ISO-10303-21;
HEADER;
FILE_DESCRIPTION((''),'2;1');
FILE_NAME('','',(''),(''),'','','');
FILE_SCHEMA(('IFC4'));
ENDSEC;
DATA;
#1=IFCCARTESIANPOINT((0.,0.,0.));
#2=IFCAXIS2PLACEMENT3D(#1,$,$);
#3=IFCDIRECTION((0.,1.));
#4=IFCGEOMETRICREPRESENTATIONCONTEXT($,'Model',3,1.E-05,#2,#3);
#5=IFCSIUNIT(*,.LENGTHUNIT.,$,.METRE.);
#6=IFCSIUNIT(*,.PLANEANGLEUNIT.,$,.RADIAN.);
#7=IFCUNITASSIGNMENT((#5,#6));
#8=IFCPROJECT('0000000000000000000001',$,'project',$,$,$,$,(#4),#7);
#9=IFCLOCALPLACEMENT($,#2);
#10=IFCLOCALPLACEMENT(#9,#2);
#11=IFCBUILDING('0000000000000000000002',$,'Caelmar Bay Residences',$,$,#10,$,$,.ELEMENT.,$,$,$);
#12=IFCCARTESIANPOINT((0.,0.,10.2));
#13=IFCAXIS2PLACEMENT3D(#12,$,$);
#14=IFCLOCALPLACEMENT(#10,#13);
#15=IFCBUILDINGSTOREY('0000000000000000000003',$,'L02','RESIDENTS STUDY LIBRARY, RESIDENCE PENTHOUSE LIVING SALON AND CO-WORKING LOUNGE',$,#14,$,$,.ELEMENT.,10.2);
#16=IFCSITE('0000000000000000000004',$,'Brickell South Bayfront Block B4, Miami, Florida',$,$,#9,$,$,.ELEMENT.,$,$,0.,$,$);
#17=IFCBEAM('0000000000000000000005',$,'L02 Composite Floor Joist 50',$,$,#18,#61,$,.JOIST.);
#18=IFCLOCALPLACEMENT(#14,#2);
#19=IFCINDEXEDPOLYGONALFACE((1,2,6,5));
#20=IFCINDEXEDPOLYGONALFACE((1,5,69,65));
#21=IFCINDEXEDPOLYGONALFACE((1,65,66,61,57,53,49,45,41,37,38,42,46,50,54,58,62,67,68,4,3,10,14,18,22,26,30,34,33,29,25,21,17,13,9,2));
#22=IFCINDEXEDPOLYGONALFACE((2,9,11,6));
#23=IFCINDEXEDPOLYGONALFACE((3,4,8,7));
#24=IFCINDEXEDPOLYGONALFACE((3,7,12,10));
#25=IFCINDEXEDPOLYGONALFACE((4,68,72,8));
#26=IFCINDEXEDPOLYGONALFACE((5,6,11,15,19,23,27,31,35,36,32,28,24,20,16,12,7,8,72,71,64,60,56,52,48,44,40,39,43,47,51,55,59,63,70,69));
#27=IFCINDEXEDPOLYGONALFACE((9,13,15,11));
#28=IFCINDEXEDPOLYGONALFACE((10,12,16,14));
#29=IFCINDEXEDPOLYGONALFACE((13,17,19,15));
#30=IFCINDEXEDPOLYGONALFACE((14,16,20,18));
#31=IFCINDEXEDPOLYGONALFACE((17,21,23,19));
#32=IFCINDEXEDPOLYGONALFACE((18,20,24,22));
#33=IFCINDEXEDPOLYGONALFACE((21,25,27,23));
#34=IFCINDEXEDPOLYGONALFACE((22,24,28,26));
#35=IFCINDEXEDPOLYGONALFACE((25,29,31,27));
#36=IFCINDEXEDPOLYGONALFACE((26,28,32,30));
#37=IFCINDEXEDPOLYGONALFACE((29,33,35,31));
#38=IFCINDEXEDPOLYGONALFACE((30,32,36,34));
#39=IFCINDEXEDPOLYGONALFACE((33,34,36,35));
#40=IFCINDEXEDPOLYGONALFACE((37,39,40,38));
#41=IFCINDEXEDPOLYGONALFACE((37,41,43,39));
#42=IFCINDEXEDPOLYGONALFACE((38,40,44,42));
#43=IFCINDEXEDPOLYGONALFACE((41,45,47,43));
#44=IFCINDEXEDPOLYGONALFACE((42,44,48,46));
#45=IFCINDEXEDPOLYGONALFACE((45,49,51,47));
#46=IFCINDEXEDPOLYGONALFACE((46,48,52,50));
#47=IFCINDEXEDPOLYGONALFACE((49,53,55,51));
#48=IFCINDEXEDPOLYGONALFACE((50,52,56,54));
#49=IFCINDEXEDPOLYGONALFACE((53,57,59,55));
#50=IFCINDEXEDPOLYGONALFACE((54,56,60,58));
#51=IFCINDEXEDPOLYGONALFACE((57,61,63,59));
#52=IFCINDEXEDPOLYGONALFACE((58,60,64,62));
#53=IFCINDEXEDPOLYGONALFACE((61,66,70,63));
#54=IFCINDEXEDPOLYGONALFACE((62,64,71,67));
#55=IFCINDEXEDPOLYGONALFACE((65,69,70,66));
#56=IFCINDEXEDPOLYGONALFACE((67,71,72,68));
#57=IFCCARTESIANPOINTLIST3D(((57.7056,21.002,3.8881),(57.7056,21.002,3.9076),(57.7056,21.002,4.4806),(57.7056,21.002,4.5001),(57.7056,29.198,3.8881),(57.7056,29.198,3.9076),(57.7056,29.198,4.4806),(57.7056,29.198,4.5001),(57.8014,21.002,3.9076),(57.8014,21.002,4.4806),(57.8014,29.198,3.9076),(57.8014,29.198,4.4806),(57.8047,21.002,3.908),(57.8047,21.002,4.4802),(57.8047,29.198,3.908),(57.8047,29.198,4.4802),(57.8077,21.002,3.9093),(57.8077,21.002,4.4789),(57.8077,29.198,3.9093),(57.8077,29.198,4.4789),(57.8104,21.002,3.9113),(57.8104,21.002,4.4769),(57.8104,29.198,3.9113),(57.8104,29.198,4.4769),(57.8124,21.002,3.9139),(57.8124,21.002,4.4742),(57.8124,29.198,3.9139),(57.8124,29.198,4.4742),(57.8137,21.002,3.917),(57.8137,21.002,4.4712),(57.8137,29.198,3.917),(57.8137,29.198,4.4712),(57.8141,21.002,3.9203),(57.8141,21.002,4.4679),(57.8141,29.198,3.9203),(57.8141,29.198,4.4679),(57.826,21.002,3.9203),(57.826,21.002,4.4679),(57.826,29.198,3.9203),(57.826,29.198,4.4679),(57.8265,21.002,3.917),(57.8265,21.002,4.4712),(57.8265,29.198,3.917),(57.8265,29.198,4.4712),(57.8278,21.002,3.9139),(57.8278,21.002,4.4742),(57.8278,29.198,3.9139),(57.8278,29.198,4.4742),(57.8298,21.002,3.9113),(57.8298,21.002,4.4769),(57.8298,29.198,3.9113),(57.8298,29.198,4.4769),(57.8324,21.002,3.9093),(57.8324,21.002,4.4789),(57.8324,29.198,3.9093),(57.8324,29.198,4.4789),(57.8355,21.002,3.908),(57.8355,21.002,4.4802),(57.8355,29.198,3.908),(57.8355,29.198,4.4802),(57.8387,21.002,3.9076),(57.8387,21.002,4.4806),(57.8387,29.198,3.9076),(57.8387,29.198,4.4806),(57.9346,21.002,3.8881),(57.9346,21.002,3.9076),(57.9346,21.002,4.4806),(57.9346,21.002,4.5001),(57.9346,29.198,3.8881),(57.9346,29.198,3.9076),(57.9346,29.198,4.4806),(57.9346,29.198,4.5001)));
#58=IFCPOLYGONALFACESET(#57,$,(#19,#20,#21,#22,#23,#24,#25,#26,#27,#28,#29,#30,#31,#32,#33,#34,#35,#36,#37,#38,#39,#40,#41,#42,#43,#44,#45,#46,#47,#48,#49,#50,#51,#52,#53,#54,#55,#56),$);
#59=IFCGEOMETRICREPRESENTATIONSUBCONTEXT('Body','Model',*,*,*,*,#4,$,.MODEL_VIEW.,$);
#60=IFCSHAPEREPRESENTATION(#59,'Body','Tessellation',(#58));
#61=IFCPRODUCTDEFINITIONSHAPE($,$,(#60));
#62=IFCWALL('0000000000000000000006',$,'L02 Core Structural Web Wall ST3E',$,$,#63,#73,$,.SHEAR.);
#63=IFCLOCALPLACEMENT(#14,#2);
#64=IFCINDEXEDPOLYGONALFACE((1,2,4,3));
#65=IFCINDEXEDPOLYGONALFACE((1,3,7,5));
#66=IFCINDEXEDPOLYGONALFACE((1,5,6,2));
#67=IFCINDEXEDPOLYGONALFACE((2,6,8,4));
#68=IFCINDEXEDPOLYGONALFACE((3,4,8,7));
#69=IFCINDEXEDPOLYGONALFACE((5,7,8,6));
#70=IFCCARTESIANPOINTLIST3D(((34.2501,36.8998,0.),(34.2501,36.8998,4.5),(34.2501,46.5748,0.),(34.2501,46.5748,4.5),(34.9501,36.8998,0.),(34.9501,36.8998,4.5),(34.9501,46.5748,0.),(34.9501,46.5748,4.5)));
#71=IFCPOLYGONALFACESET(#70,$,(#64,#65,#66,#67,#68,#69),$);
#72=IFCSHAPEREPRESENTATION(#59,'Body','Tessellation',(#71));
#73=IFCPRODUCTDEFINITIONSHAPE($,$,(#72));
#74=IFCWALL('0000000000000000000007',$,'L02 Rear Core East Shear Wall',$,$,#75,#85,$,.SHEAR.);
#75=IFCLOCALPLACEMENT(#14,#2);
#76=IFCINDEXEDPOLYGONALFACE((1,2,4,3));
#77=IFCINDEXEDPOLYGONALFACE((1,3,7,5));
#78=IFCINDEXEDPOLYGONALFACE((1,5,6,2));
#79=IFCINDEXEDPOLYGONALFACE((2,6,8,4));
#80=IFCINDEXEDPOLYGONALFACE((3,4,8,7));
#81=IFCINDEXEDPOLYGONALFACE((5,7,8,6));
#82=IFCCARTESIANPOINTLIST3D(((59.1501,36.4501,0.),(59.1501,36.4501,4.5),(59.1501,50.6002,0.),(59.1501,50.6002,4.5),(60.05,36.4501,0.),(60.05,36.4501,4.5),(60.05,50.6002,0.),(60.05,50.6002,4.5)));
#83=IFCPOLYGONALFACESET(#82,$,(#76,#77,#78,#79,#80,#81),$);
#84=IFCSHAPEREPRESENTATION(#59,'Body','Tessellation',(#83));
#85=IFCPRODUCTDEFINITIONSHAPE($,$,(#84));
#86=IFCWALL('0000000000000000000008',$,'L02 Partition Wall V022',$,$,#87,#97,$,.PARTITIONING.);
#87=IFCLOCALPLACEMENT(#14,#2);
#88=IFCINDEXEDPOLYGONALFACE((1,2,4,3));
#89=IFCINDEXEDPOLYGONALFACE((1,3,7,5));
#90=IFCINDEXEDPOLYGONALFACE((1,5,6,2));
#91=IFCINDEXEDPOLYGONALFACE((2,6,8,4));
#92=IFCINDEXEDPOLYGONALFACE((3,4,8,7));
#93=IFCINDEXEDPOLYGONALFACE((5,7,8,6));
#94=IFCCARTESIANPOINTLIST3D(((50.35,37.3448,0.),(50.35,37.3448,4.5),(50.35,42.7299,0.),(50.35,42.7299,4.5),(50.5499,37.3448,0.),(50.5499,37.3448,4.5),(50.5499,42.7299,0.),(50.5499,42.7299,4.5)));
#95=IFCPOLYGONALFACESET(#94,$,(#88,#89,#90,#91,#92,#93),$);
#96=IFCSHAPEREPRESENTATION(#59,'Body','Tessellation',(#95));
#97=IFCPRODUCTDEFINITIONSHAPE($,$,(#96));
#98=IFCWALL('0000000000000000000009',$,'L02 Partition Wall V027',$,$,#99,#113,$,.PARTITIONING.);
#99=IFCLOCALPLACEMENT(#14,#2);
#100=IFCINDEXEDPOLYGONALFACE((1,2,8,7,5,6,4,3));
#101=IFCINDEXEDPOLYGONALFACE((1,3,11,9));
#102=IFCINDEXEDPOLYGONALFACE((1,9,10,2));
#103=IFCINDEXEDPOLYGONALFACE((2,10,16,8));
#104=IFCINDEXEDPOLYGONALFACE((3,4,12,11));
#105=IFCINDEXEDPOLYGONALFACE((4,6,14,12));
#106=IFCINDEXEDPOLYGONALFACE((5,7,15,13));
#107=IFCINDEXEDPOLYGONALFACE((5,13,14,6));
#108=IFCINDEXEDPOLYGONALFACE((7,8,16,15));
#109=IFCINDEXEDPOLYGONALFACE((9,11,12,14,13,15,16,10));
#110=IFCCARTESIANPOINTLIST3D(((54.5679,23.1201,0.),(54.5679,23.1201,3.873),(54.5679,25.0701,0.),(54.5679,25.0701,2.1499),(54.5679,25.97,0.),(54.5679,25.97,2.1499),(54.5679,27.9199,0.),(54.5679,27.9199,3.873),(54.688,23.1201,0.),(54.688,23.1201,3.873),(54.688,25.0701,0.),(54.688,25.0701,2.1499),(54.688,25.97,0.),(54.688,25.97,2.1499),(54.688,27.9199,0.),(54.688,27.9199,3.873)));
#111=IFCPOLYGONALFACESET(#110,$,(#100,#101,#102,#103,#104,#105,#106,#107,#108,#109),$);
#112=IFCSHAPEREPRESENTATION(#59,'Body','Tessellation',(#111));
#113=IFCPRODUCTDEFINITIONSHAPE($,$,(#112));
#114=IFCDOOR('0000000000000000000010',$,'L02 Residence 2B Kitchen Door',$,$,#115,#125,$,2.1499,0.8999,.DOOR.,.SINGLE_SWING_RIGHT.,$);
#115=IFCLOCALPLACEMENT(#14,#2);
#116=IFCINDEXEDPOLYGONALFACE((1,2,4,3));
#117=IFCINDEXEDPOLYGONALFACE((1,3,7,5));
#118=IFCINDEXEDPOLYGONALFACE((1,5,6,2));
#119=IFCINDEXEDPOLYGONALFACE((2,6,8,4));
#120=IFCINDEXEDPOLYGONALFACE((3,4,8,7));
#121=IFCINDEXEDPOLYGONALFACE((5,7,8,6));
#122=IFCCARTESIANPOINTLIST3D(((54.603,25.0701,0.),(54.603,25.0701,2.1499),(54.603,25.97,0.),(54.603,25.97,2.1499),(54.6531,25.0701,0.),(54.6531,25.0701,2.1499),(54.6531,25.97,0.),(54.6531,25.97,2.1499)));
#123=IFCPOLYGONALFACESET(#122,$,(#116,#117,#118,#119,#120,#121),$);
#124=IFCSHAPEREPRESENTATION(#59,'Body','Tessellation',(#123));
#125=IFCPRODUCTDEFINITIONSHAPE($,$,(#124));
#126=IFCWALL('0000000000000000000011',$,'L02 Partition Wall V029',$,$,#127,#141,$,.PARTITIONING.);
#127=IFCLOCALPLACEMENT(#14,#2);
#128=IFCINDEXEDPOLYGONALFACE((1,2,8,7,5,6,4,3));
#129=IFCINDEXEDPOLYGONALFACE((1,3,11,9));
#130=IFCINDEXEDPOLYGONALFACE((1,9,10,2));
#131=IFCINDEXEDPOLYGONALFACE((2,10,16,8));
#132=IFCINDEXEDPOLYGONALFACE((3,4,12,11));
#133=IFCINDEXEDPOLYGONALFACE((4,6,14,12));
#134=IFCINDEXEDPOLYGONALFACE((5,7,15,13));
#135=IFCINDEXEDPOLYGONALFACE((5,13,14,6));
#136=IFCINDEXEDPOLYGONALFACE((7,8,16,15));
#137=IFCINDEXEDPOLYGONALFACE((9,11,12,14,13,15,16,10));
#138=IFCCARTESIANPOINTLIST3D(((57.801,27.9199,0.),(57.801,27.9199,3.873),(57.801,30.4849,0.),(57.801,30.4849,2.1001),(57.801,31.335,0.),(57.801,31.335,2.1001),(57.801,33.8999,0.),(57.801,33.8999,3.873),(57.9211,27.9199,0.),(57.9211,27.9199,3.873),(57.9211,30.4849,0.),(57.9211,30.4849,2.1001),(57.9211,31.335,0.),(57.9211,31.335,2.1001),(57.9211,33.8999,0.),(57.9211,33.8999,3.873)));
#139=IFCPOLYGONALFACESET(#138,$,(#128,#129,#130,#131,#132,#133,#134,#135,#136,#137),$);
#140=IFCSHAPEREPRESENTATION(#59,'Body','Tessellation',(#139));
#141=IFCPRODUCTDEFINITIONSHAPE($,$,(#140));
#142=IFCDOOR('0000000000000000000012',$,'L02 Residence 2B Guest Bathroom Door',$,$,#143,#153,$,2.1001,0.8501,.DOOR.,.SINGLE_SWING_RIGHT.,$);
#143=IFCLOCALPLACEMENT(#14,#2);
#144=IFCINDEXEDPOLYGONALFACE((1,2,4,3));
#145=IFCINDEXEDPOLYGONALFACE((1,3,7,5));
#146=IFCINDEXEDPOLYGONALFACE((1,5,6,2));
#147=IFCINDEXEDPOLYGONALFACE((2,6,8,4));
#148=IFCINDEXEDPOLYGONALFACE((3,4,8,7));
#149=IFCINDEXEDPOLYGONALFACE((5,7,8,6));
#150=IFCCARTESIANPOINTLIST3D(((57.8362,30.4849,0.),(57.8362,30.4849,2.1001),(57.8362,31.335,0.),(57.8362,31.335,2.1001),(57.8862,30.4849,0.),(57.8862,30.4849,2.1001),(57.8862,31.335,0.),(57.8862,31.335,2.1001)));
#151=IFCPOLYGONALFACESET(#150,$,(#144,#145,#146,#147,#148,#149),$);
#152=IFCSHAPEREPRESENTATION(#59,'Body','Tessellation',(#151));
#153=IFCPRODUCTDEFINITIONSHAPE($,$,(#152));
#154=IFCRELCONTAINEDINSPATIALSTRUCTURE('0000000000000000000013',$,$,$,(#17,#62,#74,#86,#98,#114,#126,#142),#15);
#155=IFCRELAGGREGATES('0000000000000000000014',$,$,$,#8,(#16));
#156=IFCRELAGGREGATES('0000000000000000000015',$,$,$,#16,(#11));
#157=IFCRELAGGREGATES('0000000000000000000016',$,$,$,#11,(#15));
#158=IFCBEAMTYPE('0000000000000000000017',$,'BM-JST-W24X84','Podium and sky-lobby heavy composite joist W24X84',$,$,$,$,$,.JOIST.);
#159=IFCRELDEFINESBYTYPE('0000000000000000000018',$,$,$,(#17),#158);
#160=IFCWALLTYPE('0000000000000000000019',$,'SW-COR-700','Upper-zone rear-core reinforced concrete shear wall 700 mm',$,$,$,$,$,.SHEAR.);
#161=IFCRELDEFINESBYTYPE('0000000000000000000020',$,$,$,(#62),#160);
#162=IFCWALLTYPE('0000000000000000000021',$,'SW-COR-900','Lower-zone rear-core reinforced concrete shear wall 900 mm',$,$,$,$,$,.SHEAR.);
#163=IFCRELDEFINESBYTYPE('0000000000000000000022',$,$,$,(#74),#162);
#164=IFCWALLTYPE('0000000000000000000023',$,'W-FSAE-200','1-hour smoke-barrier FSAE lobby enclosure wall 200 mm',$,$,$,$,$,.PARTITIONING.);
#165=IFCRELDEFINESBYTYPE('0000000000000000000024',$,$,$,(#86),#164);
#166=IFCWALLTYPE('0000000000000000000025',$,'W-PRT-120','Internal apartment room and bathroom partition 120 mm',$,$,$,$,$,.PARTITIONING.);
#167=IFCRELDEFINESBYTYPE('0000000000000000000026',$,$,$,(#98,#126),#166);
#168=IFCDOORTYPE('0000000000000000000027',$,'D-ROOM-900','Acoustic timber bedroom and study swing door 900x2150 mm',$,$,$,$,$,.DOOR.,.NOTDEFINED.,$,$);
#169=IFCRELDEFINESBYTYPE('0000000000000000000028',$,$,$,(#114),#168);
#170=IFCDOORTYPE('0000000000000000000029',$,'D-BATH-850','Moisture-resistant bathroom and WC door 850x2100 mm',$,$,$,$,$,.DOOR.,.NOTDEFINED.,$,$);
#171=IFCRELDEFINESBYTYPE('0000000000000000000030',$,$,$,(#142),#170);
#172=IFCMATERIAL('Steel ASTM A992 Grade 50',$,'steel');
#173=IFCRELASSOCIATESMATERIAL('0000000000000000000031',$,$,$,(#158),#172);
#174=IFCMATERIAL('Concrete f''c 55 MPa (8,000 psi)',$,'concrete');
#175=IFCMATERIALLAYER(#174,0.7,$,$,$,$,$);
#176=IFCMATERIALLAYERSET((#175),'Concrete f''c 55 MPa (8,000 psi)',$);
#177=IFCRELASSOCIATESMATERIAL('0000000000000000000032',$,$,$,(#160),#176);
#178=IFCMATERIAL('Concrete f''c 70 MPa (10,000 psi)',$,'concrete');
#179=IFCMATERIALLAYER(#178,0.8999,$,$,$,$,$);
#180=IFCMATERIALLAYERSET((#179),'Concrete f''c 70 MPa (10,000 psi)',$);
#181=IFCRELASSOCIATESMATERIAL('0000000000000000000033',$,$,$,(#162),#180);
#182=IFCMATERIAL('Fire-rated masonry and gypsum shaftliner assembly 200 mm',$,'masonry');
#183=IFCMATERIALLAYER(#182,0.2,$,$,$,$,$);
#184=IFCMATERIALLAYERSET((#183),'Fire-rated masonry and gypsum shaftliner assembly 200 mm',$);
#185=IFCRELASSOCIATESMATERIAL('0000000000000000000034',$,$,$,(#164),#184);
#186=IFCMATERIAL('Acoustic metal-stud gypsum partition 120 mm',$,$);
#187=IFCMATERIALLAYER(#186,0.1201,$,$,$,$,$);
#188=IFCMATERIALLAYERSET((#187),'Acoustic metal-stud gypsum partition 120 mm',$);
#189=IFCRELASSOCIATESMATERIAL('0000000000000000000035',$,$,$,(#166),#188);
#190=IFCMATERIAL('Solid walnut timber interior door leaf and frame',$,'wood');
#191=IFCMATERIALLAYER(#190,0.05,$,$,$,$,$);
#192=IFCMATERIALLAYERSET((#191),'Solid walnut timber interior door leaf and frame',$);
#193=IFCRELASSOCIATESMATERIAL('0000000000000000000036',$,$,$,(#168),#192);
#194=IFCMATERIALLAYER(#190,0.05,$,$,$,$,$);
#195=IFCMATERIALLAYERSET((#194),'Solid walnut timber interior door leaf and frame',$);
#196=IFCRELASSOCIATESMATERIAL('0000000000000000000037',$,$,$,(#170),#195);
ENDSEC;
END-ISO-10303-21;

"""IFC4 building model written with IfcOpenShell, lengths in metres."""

from ifc_helpers import new_model, si_unit, direction, frame, frame_2d, origin, origin_2d, place, context, subcontext, project, spatial, rectangle, i_section, extrude, material, layer, layer_set, material_profile, profile_set, type_object, element, fill, save


model = new_model("IFC4")

# Units and contexts
model_context = context("Model", 3, precision=1e-05, world=origin(), true_north=direction((0.0, 1.0)))
body_context = subcontext(model_context, "Body", "Model", "MODEL_VIEW")
ifc_project = project(units=[si_unit("LENGTHUNIT", "METRE"), si_unit("PLANEANGLEUNIT", "RADIAN")], contexts=[model_context])

# Site, building, storey
site_placement = place(None, origin())
site = spatial("IfcSite", under=ifc_project, at=site_placement, Name="Brickell South Bayfront Block B4, Miami, Florida", CompositionType="ELEMENT", RefElevation=0.0)
building_placement = place(site_placement, origin())
building = spatial("IfcBuilding", under=site, at=building_placement, Name="Caelmar Bay Residences", CompositionType="ELEMENT")
storey_placement = place(building_placement, frame((0.0, 0.0, 10.2)))
storey = spatial("IfcBuildingStorey", under=building, at=storey_placement, Name="L02", Description="RESIDENTS STUDY LIBRARY, RESIDENCE PENTHOUSE LIVING SALON AND CO-WORKING LOUNGE", CompositionType="ELEMENT", Elevation=10.2)

# Shared definitions
ifc_material_1 = material(Name="Concrete f'c 70 MPa (10,000 psi)", Category="concrete")

# Beam
ifc_material_2 = material(Name="Steel ASTM A992 Grade 50", Category="steel")
ifc_material_profile_1 = material_profile(ifc_material_2, i_section(OverallWidth=0.229, OverallDepth=0.6121, WebThickness=0.012, FlangeThickness=0.0195, FilletRadius=0.0127, at=origin_2d()), Name="W24X84")
ifc_profile_set_1 = profile_set([ifc_material_profile_1], Name="Steel ASTM A992 Grade 50")
beam_type_1 = type_object("IfcBeamType", Name="BM-JST-W24X84", Description="Podium and sky-lobby heavy composite joist W24X84", PredefinedType="JOIST", material=ifc_profile_set_1)
for number, where, z_axis, x_axis, name in (
    (1, (57.8201, 21.002, 4.1941), (0.0, 1.0, 0.0), (-1.0, 0.0, 0.0), "L02 Composite Floor Joist 50"),
):
    element("IfcBeam", number, at=place(storey_placement, frame(where, z_axis=z_axis, x_axis=x_axis)), inside=storey, type_object=beam_type_1, Name=name, PredefinedType="JOIST", context=body_context, shape_type="SweptSolid", body=[
        extrude(i_section(OverallWidth=0.229, OverallDepth=0.6121, WebThickness=0.012, FlangeThickness=0.0195, FilletRadius=0.0127, at=origin_2d()), origin(), (0.0, 0.0, 1.0), 8.196),
    ])

# Shared definitions
ifc_material_3 = material(Name="Concrete f'c 55 MPa (8,000 psi)", Category="concrete")
ifc_layer_1 = layer(ifc_material_3, 0.7)
ifc_layer_set_1 = layer_set([ifc_layer_1], Name="Concrete f'c 55 MPa (8,000 psi)")
wall_type_1 = type_object("IfcWallType", Name="SW-COR-700", Description="Upper-zone rear-core reinforced concrete shear wall 700 mm", PredefinedType="SHEAR", material=ifc_layer_set_1)

# Walls
wall_1_placement = place(storey_placement, frame((34.6001, 36.8999, 0.0), z_axis=(0.0, 0.0, 1.0), x_axis=(0.0, 1.0, 0.0)))
element("IfcWall", 2, at=wall_1_placement, inside=storey, type_object=wall_type_1, Name="L02 Core Structural Web Wall ST3E", PredefinedType="SHEAR", context=body_context, shape_type="SweptSolid", body=[
    extrude(rectangle(XDim=9.675, YDim=0.7, at=frame_2d((4.8374, 0.0))), origin(), (0.0, 0.0, 1.0), 4.5),
])
ifc_layer_2 = layer(ifc_material_1, 0.8999)
ifc_layer_set_2 = layer_set([ifc_layer_2], Name="Concrete f'c 70 MPa (10,000 psi)")
wall_type_2 = type_object("IfcWallType", Name="SW-COR-900", Description="Lower-zone rear-core reinforced concrete shear wall 900 mm", PredefinedType="SHEAR", material=ifc_layer_set_2)
wall_2_placement = place(storey_placement, frame((59.6001, 36.45, 0.0), z_axis=(0.0, 0.0, 1.0), x_axis=(0.0, 1.0, 0.0)))
element("IfcWall", 3, at=wall_2_placement, inside=storey, type_object=wall_type_2, Name="L02 Rear Core East Shear Wall", PredefinedType="SHEAR", context=body_context, shape_type="SweptSolid", body=[
    extrude(rectangle(XDim=14.1501, YDim=0.8999, at=frame_2d((7.0752, 0.0))), origin(), (0.0, 0.0, 1.0), 4.5),
])
ifc_material_4 = material(Name="Fire-rated masonry and gypsum shaftliner assembly 200 mm", Category="masonry")
ifc_layer_3 = layer(ifc_material_4, 0.2)
ifc_layer_set_3 = layer_set([ifc_layer_3], Name="Fire-rated masonry and gypsum shaftliner assembly 200 mm")
wall_type_3 = type_object("IfcWallType", Name="W-FSAE-200", Description="1-hour smoke-barrier FSAE lobby enclosure wall 200 mm", PredefinedType="PARTITIONING", material=ifc_layer_set_3)
wall_3_placement = place(storey_placement, frame((50.45, 37.345, 0.0), z_axis=(0.0, 0.0, 1.0), x_axis=(0.0, 1.0, 0.0)))
element("IfcWall", 4, at=wall_3_placement, inside=storey, type_object=wall_type_3, Name="L02 Partition Wall V022", PredefinedType="PARTITIONING", context=body_context, shape_type="SweptSolid", body=[
    extrude(rectangle(XDim=5.385, YDim=0.2, at=frame_2d((2.6924, 0.0))), origin(), (0.0, 0.0, 1.0), 4.5),
])

# Walls, openings, doors
ifc_material_5 = material(Name="Acoustic metal-stud gypsum partition 120 mm")
ifc_layer_4 = layer(ifc_material_5, 0.1201)
ifc_layer_set_4 = layer_set([ifc_layer_4], Name="Acoustic metal-stud gypsum partition 120 mm")
wall_type_4 = type_object("IfcWallType", Name="W-PRT-120", Description="Internal apartment room and bathroom partition 120 mm", PredefinedType="PARTITIONING", material=ifc_layer_set_4)
wall_4_placement = place(storey_placement, frame((54.6279, 23.1201, 0.0), z_axis=(0.0, 0.0, 1.0), x_axis=(0.0, 1.0, 0.0)))
wall_4 = element("IfcWall", 5, at=wall_4_placement, inside=storey, type_object=wall_type_4, Name="L02 Partition Wall V027", PredefinedType="PARTITIONING", context=body_context, shape_type="SweptSolid", body=[
    extrude(rectangle(XDim=4.7998, YDim=0.1201, at=frame_2d((2.3999, 0.0))), origin(), (0.0, 0.0, 1.0), 3.873),
])
opening_1_placement = place(wall_4_placement, frame((1.95, 0.0, 0.0)))
opening_1 = element("IfcOpeningElement", 6, at=opening_1_placement, cuts=wall_4, PredefinedType="OPENING", context=body_context, shape_type="SweptSolid", body=[
    extrude(rectangle(XDim=0.8999, YDim=2.1499, at=frame_2d((0.45, 1.075))), frame((0.0, 0.0701, 0.0), z_axis=(0.0, -1.0, 0.0), x_axis=(1.0, 0.0, 0.0)), (0.0, 0.0, 1.0), 0.1401),
])
ifc_material_6 = material(Name="Solid walnut timber interior door leaf and frame", Category="wood")
ifc_layer_5 = layer(ifc_material_6, 0.05)
ifc_layer_set_5 = layer_set([ifc_layer_5], Name="Solid walnut timber interior door leaf and frame")
door_type_1 = type_object("IfcDoorType", Name="D-ROOM-900", Description="Acoustic timber bedroom and study swing door 900x2150 mm", OperationType="NOTDEFINED", PredefinedType="DOOR", material=ifc_layer_set_5)
door_1_placement = place(opening_1_placement, origin())
door_1 = element("IfcDoor", 7, at=door_1_placement, inside=storey, type_object=door_type_1, Name="L02 Residence 2B Kitchen Door", OperationType="SINGLE_SWING_RIGHT", OverallHeight=2.1499, OverallWidth=0.8999, PredefinedType="DOOR", context=body_context, shape_type="SweptSolid", body=[
    extrude(rectangle(XDim=0.8999, YDim=2.1499, at=frame_2d((0.45, 1.075))), frame((0.0, 0.0249, 0.0), z_axis=(0.0, -1.0, 0.0), x_axis=(1.0, 0.0, 0.0)), (0.0, 0.0, 1.0), 0.05),
])
fill(opening_1, door_1)
wall_5_placement = place(storey_placement, frame((57.8611, 27.9199, 0.0), z_axis=(0.0, 0.0, 1.0), x_axis=(0.0, 1.0, 0.0)))
wall_5 = element("IfcWall", 8, at=wall_5_placement, inside=storey, type_object=wall_type_4, Name="L02 Partition Wall V029", PredefinedType="PARTITIONING", context=body_context, shape_type="SweptSolid", body=[
    extrude(rectangle(XDim=5.98, YDim=0.1201, at=frame_2d((2.99, 0.0))), origin(), (0.0, 0.0, 1.0), 3.873),
])
opening_2_placement = place(wall_5_placement, frame((2.5649, 0.0, 0.0)))
opening_2 = element("IfcOpeningElement", 9, at=opening_2_placement, cuts=wall_5, PredefinedType="OPENING", context=body_context, shape_type="SweptSolid", body=[
    extrude(rectangle(XDim=0.8501, YDim=2.1001, at=frame_2d((0.425, 1.05))), frame((0.0, 0.0701, 0.0), z_axis=(0.0, -1.0, 0.0), x_axis=(1.0, 0.0, 0.0)), (0.0, 0.0, 1.0), 0.1401),
])
ifc_layer_6 = layer(ifc_material_6, 0.05)
ifc_layer_set_6 = layer_set([ifc_layer_6], Name="Solid walnut timber interior door leaf and frame")
door_type_2 = type_object("IfcDoorType", Name="D-BATH-850", Description="Moisture-resistant bathroom and WC door 850x2100 mm", OperationType="NOTDEFINED", PredefinedType="DOOR", material=ifc_layer_set_6)
door_2_placement = place(opening_2_placement, origin())
door_2 = element("IfcDoor", 10, at=door_2_placement, inside=storey, type_object=door_type_2, Name="L02 Residence 2B Guest Bathroom Door", OperationType="SINGLE_SWING_RIGHT", OverallHeight=2.1001, OverallWidth=0.8501, PredefinedType="DOOR", context=body_context, shape_type="SweptSolid", body=[
    extrude(rectangle(XDim=0.8501, YDim=2.1001, at=frame_2d((0.425, 1.05))), frame((0.0, 0.0249, 0.0), z_axis=(0.0, -1.0, 0.0), x_axis=(1.0, 0.0, 0.0)), (0.0, 0.0, 1.0), 0.05),
])
fill(opening_2, door_2)

save(model, "model.ifc")
